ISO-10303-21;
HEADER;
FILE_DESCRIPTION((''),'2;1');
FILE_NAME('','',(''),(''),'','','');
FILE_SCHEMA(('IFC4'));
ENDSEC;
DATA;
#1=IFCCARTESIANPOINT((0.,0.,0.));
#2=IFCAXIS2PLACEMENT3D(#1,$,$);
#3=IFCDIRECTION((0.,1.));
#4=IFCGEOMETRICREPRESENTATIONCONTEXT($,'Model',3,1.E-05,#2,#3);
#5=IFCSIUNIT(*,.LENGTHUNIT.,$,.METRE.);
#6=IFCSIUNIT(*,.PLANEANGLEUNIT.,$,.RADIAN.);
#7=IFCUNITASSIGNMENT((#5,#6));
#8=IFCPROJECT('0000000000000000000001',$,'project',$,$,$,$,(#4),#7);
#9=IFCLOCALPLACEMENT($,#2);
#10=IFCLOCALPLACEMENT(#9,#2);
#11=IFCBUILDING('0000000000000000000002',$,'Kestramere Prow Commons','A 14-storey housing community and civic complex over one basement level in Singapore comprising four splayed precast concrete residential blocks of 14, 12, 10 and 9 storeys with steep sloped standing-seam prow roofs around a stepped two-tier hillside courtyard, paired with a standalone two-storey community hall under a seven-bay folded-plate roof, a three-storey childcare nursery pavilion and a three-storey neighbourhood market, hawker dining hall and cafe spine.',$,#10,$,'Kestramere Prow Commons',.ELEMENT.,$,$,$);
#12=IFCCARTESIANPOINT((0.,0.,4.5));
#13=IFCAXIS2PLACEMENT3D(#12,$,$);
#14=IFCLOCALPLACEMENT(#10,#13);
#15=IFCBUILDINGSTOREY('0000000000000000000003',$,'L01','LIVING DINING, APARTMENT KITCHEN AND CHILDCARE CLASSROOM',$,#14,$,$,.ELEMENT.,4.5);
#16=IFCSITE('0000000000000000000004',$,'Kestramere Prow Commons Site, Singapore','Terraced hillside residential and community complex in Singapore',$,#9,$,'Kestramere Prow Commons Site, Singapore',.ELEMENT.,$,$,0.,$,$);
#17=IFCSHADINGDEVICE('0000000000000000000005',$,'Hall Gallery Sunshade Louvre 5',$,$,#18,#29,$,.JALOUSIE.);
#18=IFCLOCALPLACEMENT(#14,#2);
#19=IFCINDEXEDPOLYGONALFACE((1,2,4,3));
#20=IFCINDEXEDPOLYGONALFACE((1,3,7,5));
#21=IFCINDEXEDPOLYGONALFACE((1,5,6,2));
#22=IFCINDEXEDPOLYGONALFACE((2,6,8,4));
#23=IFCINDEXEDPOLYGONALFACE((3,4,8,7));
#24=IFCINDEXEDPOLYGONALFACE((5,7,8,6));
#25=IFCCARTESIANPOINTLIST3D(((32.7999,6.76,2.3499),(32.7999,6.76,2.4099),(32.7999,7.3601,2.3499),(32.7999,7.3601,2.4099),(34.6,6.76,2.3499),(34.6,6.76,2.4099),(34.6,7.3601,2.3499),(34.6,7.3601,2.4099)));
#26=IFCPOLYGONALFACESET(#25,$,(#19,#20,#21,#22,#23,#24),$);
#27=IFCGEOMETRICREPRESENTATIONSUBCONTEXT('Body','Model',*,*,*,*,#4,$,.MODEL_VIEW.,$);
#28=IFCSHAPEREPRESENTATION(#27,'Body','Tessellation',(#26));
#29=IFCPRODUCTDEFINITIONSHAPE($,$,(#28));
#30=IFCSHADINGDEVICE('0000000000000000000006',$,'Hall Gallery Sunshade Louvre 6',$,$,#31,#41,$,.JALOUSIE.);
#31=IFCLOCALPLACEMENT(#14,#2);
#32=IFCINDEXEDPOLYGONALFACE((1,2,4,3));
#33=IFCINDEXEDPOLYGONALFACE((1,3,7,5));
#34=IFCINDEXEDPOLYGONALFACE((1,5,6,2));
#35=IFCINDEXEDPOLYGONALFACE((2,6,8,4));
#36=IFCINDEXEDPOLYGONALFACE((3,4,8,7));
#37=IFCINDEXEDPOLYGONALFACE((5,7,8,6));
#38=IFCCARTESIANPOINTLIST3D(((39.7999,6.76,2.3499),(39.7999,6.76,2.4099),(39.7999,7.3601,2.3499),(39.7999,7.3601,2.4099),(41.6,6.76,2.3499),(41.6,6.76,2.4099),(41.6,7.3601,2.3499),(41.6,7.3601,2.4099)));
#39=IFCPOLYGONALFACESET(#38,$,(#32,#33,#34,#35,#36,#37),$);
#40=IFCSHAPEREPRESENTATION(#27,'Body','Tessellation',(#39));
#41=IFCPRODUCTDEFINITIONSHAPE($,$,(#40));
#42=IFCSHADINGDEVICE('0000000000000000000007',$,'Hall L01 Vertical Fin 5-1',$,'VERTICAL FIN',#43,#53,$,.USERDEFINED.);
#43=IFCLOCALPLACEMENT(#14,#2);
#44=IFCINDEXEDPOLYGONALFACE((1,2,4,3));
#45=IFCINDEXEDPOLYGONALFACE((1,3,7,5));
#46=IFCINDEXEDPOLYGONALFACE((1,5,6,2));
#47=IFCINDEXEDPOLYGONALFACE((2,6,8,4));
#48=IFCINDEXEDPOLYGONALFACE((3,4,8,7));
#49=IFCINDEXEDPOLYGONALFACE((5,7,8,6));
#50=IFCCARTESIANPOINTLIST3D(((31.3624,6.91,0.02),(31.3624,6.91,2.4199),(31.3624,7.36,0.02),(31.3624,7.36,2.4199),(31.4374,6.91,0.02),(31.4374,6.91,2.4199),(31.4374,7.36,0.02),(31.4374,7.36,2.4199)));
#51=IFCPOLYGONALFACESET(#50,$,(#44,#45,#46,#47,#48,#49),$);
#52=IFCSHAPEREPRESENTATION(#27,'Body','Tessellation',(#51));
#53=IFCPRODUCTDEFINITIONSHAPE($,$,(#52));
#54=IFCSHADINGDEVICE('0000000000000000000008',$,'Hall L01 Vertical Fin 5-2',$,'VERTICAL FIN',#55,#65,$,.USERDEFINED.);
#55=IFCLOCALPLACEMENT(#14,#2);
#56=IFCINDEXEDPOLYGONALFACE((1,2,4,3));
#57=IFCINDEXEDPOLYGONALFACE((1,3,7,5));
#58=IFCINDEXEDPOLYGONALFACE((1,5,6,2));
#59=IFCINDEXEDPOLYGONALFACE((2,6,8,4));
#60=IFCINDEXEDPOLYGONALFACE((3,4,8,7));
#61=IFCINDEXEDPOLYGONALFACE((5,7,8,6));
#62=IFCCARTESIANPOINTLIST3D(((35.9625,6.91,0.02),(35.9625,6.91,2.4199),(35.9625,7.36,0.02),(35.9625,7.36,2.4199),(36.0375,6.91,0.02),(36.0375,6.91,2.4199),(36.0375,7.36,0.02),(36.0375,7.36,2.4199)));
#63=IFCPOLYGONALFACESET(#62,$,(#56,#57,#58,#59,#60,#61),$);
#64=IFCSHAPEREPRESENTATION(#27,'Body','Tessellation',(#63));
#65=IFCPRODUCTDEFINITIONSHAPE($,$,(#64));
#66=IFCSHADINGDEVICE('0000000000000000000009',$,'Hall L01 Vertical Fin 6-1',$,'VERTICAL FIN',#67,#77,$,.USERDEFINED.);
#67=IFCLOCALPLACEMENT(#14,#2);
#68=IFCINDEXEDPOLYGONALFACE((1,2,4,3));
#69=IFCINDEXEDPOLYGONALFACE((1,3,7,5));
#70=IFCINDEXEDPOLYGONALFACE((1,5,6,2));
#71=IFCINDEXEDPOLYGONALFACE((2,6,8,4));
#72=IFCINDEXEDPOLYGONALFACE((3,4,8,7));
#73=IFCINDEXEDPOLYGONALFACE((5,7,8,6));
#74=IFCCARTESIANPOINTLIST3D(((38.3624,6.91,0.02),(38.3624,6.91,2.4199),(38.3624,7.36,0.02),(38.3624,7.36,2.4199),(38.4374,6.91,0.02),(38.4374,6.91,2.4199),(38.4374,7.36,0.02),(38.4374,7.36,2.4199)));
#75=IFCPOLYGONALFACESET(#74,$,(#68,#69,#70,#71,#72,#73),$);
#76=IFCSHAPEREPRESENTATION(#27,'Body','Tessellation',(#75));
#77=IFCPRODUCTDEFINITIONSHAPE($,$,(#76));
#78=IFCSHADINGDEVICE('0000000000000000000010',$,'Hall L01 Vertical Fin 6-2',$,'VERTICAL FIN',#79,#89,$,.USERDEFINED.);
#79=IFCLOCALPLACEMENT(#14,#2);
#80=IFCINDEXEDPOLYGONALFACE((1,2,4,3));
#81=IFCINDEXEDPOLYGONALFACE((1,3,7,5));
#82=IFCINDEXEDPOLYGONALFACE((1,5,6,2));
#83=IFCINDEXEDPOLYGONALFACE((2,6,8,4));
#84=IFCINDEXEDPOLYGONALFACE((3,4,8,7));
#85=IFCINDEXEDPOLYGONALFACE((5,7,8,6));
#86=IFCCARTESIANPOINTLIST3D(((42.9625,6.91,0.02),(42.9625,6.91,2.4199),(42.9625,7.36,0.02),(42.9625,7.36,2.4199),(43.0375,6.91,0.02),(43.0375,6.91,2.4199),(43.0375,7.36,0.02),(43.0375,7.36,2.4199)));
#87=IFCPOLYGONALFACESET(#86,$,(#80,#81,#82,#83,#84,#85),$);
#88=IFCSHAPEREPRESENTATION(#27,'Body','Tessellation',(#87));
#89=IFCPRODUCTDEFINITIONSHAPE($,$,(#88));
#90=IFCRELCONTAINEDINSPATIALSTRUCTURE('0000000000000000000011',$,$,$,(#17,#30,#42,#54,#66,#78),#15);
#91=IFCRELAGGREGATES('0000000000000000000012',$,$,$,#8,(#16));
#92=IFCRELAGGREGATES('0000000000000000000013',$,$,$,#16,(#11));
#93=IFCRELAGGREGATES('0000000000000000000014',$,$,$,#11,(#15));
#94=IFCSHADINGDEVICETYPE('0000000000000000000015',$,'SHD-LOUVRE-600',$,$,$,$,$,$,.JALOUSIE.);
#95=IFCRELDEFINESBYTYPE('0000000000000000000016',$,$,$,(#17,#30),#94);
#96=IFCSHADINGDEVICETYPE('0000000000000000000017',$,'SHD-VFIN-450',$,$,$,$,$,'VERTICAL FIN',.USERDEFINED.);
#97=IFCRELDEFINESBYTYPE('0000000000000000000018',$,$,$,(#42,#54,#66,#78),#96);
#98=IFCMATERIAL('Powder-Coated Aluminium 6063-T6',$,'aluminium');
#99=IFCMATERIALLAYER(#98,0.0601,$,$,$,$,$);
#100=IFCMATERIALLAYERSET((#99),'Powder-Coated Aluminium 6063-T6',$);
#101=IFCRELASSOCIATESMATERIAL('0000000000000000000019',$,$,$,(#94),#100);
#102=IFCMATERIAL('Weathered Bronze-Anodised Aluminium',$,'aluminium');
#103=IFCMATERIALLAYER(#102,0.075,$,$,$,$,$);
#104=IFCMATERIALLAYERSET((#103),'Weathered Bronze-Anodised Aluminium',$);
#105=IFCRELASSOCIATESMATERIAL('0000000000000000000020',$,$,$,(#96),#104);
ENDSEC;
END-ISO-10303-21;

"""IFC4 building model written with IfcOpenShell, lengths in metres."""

from ifc_helpers import new_model, si_unit, direction, frame, origin, origin_2d, place, context, subcontext, project, spatial, rectangle, extrude, material, layer, layer_set, type_object, element, save


model = new_model("IFC4")

# Units and contexts
model_context = context("Model", 3, precision=1e-05, world=origin(), true_north=direction((0.0, 1.0)))
body_context = subcontext(model_context, "Body", "Model", "MODEL_VIEW")
ifc_project = project(units=[si_unit("LENGTHUNIT", "METRE"), si_unit("PLANEANGLEUNIT", "RADIAN")], contexts=[model_context])

# Site, building, storey
site_placement = place(None, origin())
site = spatial("IfcSite", under=ifc_project, at=site_placement, Name="Kestramere Prow Commons Site, Singapore", Description="Terraced hillside residential and community complex in Singapore", LongName="Kestramere Prow Commons Site, Singapore", CompositionType="ELEMENT", RefElevation=0.0)
building_placement = place(site_placement, origin())
building = spatial("IfcBuilding", under=site, at=building_placement, Name="Kestramere Prow Commons", Description="A 14-storey housing community and civic complex over one basement level in Singapore comprising four splayed precast concrete residential blocks of 14, 12, 10 and 9 storeys with steep sloped standing-seam prow roofs around a stepped two-tier hillside courtyard, paired with a standalone two-storey community hall under a seven-bay folded-plate roof, a three-storey childcare nursery pavilion and a three-storey neighbourhood market, hawker dining hall and cafe spine.", LongName="Kestramere Prow Commons", CompositionType="ELEMENT")
storey_placement = place(building_placement, frame((0.0, 0.0, 4.5)))
storey = spatial("IfcBuildingStorey", under=building, at=storey_placement, Name="L01", Description="LIVING DINING, APARTMENT KITCHEN AND CHILDCARE CLASSROOM", CompositionType="ELEMENT", Elevation=4.5)

# Shading devices
ifc_material_1 = material(Name="Powder-Coated Aluminium 6063-T6", Category="aluminium")
ifc_layer_1 = layer(ifc_material_1, 0.0601)
ifc_layer_set_1 = layer_set([ifc_layer_1], Name="Powder-Coated Aluminium 6063-T6")
shading_device_type_1 = type_object("IfcShadingDeviceType", Name="SHD-LOUVRE-600", PredefinedType="JALOUSIE", material=ifc_layer_set_1)
for number, where, z_axis, x_axis, name in (
    (1, (33.7, 7.0601, 2.3499), (0.0, 0.0, 1.0), (1.0, 0.0, 0.0), "Hall Gallery Sunshade Louvre 5"),
    (2, (40.7, 7.0601, 2.3499), (0.0, 0.0, 1.0), (1.0, 0.0, 0.0), "Hall Gallery Sunshade Louvre 6"),
):
    element("IfcShadingDevice", number, at=place(storey_placement, frame(where, z_axis=z_axis, x_axis=x_axis)), inside=storey, type_object=shading_device_type_1, Name=name, PredefinedType="JALOUSIE", context=body_context, shape_type="SweptSolid", body=[
        extrude(rectangle(XDim=1.8, YDim=0.6001, at=origin_2d()), origin(), (0.0, 0.0, 1.0), 0.0601),
    ])
ifc_material_2 = material(Name="Weathered Bronze-Anodised Aluminium", Category="aluminium")
ifc_layer_2 = layer(ifc_material_2, 0.075)
ifc_layer_set_2 = layer_set([ifc_layer_2], Name="Weathered Bronze-Anodised Aluminium")
shading_device_type_2 = type_object("IfcShadingDeviceType", Name="SHD-VFIN-450", ElementType="VERTICAL FIN", PredefinedType="USERDEFINED", material=ifc_layer_set_2)
for number, where, z_axis, x_axis, name in (
    (3, (31.3999, 7.135, 0.02), (0.0, 0.0, 1.0), (1.0, 0.0, 0.0), "Hall L01 Vertical Fin 5-1"),
    (4, (36.0, 7.135, 0.02), (0.0, 0.0, 1.0), (1.0, 0.0, 0.0), "Hall L01 Vertical Fin 5-2"),
    (5, (38.3999, 7.135, 0.02), (0.0, 0.0, 1.0), (1.0, 0.0, 0.0), "Hall L01 Vertical Fin 6-1"),
    (6, (43.0, 7.135, 0.02), (0.0, 0.0, 1.0), (1.0, 0.0, 0.0), "Hall L01 Vertical Fin 6-2"),
):
    element("IfcShadingDevice", number, at=place(storey_placement, frame(where, z_axis=z_axis, x_axis=x_axis)), inside=storey, type_object=shading_device_type_2, Name=name, ObjectType="VERTICAL FIN", PredefinedType="USERDEFINED", context=body_context, shape_type="SweptSolid", body=[
        extrude(rectangle(XDim=0.075, YDim=0.45, at=origin_2d()), origin(), (0.0, 0.0, 1.0), 2.3999),
    ])

save(model, "model.ifc")
